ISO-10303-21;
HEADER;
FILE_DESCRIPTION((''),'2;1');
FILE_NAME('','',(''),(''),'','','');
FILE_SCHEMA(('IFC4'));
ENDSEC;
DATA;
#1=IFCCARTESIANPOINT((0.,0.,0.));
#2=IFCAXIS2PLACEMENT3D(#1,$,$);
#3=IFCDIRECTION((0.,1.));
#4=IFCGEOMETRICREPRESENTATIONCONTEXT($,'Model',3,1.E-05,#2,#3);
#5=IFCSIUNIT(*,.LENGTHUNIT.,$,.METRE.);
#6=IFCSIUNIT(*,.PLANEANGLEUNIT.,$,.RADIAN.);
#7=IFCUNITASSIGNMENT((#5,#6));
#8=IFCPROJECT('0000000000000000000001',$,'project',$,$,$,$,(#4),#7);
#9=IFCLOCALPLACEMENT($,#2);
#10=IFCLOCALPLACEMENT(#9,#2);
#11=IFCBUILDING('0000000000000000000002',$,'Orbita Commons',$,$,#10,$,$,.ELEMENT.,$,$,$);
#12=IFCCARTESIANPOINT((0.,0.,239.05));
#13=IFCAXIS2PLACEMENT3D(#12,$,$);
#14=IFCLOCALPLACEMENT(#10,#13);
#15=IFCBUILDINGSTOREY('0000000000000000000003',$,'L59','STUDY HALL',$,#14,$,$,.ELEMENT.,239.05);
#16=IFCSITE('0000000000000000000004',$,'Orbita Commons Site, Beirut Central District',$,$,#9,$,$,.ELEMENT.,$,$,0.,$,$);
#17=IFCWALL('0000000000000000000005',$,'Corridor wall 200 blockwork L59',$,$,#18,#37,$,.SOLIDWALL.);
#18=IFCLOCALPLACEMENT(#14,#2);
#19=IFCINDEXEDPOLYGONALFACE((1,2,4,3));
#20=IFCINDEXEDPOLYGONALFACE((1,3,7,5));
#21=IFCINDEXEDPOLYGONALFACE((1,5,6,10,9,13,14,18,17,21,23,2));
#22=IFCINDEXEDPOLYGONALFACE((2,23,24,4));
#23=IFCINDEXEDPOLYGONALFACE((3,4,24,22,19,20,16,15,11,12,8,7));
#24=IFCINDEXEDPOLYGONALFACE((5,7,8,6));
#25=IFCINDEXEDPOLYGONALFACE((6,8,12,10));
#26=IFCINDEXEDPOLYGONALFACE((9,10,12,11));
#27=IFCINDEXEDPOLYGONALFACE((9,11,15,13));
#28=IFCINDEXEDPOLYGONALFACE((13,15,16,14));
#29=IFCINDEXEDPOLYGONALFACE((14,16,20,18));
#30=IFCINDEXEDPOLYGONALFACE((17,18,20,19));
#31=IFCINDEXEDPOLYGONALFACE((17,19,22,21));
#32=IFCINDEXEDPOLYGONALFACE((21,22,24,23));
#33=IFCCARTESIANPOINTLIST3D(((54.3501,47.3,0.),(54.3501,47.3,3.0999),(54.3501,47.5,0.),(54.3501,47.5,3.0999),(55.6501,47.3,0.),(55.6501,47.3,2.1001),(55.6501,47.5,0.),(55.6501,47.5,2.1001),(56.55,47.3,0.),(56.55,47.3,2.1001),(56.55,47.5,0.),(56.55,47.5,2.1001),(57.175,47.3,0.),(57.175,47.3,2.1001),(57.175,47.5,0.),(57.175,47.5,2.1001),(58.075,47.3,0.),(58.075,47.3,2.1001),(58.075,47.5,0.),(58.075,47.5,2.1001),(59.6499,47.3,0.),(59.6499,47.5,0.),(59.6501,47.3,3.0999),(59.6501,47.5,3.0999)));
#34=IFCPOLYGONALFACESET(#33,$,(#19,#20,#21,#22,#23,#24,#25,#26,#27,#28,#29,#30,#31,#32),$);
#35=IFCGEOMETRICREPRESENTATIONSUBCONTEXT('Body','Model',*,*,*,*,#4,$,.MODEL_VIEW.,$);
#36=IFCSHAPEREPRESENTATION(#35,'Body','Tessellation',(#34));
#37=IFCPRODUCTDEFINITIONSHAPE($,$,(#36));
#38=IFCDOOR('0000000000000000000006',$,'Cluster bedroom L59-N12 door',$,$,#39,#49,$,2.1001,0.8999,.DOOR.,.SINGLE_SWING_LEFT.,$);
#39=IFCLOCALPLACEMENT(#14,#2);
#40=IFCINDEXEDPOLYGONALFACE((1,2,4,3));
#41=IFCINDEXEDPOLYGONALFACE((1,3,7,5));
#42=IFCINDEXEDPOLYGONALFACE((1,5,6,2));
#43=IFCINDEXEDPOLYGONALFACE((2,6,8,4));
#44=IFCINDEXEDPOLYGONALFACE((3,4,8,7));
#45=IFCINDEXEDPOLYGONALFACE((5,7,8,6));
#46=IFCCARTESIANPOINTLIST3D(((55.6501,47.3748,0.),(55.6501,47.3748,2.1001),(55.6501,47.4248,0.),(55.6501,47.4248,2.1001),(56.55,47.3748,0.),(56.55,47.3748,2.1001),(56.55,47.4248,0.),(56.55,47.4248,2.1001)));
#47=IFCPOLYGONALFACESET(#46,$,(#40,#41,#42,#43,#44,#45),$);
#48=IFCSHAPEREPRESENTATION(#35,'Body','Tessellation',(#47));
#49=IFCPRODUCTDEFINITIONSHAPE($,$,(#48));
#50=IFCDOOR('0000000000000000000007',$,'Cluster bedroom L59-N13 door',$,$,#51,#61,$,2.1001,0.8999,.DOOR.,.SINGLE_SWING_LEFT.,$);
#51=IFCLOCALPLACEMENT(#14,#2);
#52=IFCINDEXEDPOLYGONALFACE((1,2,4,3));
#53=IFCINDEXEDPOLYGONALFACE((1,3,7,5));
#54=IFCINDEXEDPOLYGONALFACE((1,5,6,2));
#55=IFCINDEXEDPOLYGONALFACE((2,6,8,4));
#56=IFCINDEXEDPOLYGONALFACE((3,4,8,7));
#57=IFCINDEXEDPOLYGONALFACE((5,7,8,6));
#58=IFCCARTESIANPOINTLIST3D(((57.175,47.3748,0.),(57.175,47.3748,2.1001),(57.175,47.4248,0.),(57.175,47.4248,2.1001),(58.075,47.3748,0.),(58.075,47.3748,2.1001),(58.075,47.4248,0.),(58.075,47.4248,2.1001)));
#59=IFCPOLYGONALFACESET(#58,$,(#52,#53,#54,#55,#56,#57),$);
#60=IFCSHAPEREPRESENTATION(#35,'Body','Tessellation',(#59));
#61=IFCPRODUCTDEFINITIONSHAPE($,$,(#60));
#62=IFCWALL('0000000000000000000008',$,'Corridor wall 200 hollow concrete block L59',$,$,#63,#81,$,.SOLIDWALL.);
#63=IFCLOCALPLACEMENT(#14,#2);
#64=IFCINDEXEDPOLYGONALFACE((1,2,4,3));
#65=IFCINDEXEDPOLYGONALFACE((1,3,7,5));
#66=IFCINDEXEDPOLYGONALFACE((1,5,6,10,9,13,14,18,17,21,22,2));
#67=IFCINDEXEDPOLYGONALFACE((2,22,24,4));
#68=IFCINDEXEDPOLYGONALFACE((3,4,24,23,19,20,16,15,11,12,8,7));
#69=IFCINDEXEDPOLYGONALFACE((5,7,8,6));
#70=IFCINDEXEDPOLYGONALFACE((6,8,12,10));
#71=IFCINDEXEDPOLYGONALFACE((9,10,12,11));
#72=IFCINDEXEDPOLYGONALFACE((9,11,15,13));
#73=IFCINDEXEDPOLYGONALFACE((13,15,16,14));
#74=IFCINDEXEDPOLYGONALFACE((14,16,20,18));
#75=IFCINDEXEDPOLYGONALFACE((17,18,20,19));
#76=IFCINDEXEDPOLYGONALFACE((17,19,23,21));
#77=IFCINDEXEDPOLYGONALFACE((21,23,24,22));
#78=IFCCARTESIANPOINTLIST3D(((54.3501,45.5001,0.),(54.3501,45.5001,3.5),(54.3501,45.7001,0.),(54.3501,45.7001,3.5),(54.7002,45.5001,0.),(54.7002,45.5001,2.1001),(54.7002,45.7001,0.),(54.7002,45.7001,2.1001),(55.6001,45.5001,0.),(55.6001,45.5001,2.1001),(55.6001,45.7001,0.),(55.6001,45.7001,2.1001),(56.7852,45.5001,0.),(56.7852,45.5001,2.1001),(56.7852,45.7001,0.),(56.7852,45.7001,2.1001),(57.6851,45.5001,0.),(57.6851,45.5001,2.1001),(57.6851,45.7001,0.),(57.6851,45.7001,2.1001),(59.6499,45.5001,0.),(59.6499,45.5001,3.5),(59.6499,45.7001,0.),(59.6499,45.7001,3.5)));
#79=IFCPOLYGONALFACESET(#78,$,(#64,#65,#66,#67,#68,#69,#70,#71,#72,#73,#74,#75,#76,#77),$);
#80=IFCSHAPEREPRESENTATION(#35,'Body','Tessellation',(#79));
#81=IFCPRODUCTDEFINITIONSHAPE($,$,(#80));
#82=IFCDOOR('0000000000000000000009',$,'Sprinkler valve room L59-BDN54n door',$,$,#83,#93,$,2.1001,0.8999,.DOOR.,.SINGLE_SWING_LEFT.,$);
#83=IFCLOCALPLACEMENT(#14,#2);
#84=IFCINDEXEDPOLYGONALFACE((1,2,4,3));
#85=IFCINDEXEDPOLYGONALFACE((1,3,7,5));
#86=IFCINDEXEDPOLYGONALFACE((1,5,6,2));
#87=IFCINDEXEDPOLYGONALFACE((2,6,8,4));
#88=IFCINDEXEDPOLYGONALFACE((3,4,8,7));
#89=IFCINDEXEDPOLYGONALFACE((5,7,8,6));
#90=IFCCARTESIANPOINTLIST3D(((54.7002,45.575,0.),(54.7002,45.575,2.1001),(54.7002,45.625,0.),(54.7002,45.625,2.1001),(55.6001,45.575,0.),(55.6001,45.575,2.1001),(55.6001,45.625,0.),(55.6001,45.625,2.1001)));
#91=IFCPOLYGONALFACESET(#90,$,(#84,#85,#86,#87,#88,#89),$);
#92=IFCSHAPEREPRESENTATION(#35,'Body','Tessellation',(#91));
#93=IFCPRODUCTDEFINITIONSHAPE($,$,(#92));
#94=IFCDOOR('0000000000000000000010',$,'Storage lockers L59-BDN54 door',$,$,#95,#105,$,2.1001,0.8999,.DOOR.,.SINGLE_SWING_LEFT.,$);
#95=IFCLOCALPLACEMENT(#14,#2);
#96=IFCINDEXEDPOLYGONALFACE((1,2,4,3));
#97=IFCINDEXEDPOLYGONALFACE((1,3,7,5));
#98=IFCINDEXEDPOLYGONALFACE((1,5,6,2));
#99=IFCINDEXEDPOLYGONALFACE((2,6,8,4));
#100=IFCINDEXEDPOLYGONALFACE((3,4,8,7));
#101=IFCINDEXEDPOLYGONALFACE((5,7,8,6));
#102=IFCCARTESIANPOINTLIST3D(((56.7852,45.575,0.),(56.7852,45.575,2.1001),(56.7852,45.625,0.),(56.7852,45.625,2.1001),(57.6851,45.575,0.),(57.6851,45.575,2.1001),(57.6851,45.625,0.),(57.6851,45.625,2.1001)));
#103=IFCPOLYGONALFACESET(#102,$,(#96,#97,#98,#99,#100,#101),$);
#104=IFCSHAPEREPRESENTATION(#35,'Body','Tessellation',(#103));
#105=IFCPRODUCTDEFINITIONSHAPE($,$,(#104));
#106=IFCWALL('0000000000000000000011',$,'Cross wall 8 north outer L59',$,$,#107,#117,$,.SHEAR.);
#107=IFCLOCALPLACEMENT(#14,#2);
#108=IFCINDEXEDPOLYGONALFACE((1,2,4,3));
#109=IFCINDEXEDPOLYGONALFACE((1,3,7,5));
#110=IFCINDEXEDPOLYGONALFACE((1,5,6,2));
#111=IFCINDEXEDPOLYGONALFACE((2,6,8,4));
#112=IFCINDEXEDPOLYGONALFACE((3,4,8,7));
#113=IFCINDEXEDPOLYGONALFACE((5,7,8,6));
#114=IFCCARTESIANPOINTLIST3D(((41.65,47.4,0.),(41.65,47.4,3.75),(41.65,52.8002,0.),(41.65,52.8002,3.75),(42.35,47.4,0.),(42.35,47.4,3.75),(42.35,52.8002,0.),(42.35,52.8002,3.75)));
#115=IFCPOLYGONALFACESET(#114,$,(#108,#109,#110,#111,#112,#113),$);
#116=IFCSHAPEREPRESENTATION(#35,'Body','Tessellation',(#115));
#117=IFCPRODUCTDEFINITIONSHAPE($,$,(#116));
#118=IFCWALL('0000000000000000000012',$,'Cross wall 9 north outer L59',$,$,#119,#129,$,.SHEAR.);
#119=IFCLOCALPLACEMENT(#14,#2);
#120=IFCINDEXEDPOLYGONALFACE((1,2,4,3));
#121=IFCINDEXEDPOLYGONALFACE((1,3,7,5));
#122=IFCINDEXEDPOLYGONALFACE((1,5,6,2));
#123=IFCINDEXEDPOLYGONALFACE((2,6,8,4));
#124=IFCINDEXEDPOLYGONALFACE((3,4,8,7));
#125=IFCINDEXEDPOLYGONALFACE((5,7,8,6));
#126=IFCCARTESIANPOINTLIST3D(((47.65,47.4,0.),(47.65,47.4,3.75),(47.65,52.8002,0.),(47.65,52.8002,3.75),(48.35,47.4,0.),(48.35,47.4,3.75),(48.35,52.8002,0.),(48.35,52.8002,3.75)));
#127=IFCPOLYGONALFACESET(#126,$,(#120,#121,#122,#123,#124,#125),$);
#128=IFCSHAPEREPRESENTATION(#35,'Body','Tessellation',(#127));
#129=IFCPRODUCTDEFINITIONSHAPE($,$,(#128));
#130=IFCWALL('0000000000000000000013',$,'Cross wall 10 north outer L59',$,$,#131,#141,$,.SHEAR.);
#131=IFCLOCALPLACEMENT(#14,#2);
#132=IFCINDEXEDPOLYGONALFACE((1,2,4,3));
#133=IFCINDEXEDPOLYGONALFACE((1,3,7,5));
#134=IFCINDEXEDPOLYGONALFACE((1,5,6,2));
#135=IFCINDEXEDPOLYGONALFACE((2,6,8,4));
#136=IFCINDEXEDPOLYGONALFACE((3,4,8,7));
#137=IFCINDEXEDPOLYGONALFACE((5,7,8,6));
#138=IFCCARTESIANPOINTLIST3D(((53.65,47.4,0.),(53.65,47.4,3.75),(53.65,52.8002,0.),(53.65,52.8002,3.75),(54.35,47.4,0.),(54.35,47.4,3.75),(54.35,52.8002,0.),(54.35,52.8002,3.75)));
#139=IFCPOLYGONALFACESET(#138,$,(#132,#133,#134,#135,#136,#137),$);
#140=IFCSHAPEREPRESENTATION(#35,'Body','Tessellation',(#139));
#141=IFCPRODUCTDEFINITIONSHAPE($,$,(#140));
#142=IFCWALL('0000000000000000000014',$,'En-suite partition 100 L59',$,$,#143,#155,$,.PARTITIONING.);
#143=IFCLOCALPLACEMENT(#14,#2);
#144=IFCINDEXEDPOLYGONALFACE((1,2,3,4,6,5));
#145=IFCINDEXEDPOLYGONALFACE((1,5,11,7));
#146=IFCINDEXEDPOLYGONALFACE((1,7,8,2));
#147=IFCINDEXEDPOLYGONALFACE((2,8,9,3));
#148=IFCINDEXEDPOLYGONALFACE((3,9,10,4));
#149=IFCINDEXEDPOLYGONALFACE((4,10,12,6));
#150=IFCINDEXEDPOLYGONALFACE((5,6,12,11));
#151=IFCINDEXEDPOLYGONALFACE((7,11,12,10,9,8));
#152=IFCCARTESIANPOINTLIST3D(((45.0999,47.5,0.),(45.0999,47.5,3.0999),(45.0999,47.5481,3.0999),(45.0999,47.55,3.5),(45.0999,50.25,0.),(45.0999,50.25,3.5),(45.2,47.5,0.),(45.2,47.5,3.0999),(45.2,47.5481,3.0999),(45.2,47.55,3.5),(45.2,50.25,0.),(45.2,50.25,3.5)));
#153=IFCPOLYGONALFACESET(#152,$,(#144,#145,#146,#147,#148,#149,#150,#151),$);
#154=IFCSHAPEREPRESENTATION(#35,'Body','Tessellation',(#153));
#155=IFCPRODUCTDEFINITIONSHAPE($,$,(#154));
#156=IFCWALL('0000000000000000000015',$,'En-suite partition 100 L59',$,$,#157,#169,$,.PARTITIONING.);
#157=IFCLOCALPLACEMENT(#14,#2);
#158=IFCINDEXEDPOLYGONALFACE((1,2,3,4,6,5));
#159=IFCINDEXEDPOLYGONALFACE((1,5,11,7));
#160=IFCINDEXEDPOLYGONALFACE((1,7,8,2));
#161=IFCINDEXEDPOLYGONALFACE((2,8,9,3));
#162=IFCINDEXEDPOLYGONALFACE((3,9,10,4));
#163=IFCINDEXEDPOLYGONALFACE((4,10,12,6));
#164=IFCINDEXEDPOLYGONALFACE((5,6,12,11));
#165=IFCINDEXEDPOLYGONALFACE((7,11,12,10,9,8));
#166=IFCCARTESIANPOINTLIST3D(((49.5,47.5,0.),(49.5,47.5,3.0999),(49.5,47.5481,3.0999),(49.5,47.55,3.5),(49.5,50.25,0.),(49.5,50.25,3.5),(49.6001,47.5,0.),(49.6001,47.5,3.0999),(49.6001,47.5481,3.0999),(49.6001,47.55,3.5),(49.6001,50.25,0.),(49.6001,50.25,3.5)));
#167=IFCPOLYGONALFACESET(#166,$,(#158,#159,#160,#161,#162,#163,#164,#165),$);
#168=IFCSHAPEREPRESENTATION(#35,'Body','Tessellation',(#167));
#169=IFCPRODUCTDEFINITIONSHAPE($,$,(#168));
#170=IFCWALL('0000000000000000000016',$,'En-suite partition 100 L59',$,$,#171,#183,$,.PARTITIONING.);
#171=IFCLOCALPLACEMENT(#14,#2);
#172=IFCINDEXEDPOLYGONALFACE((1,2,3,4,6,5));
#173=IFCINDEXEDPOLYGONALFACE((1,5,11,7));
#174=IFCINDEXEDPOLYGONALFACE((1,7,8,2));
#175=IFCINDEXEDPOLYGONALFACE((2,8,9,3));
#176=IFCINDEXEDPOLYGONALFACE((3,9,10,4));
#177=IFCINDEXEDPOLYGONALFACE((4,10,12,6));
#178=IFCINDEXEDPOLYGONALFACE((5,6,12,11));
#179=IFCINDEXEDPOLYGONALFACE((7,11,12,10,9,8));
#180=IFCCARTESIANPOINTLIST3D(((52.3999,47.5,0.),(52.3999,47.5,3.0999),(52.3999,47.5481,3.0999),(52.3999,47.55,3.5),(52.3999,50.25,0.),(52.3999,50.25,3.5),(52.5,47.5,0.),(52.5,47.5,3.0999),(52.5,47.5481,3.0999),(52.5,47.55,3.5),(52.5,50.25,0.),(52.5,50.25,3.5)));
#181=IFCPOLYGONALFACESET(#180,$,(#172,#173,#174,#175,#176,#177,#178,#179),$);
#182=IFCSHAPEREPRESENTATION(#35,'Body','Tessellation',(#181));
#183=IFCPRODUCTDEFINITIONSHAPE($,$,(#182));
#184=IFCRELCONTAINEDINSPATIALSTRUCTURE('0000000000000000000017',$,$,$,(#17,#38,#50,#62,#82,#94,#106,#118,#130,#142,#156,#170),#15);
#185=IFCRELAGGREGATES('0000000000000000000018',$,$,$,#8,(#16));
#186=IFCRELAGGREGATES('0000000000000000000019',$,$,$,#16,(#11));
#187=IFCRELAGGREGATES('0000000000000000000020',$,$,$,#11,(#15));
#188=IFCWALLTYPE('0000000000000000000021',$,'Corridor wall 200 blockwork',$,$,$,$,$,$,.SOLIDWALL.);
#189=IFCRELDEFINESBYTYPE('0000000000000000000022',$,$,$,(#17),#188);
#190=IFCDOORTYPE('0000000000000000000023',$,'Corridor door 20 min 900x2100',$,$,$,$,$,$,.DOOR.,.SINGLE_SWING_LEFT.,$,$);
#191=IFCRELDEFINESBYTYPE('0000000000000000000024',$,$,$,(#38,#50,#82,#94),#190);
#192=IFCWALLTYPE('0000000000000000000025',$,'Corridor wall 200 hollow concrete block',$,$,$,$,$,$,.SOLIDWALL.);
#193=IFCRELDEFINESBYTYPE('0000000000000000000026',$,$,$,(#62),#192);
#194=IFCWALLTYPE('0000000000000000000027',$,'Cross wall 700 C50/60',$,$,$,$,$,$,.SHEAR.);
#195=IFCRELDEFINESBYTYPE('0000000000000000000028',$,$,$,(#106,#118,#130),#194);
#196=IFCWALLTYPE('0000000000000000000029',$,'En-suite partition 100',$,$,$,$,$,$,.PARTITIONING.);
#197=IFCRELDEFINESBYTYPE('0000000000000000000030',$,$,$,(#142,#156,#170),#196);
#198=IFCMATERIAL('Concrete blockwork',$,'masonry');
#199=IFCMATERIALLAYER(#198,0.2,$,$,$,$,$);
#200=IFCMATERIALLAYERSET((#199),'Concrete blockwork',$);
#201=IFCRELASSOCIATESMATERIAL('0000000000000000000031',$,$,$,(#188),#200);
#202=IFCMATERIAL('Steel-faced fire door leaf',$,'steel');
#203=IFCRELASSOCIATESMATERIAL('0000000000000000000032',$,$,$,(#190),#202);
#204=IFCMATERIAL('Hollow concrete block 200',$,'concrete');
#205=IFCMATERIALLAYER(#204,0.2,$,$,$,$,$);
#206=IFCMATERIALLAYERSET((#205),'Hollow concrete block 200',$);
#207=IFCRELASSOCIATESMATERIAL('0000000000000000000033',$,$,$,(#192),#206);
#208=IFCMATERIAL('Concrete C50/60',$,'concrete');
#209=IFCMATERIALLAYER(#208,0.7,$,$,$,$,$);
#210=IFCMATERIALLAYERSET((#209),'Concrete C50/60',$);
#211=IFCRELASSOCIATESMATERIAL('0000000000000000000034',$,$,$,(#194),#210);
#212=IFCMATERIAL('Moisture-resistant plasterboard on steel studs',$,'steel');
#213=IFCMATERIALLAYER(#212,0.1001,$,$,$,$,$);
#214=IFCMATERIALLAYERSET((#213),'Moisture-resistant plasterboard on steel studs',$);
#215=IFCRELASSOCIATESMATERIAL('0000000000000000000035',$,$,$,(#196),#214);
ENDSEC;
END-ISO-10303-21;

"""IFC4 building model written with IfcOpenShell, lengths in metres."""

from ifc_helpers import new_model, si_unit, direction, frame, frame_2d, origin, place, context, subcontext, project, spatial, polyline, rectangle, outline, extrude, material, layer, layer_set, type_object, element, fill, save


model = new_model("IFC4")

# Units and contexts
model_context = context("Model", 3, precision=1e-05, world=origin(), true_north=direction((0.0, 1.0)))
body_context = subcontext(model_context, "Body", "Model", "MODEL_VIEW")
ifc_project = project(units=[si_unit("LENGTHUNIT", "METRE"), si_unit("PLANEANGLEUNIT", "RADIAN")], contexts=[model_context])

# Site, building, storey
site_placement = place(None, origin())
site = spatial("IfcSite", under=ifc_project, at=site_placement, Name="Orbita Commons Site, Beirut Central District", CompositionType="ELEMENT", RefElevation=0.0)
building_placement = place(site_placement, origin())
building = spatial("IfcBuilding", under=site, at=building_placement, Name="Orbita Commons", CompositionType="ELEMENT")
storey_placement = place(building_placement, frame((0.0, 0.0, 239.05)))
storey = spatial("IfcBuildingStorey", under=building, at=storey_placement, Name="L59", Description="STUDY HALL", CompositionType="ELEMENT", Elevation=239.05)

# Shared definitions
ifc_material_1 = material(Name="Concrete blockwork", Category="masonry")
ifc_layer_1 = layer(ifc_material_1, 0.2)
ifc_layer_set_1 = layer_set([ifc_layer_1], Name="Concrete blockwork")
wall_type_1 = type_object("IfcWallType", Name="Corridor wall 200 blockwork", PredefinedType="SOLIDWALL", material=ifc_layer_set_1)
ifc_material_2 = material(Name="Steel-faced fire door leaf", Category="steel")
door_type = type_object("IfcDoorType", Name="Corridor door 20 min 900x2100", OperationType="SINGLE_SWING_LEFT", PredefinedType="DOOR", material=ifc_material_2)

# Walls, openings, doors
wall_1_placement = place(storey_placement, frame((54.3501, 47.3999, 0.0), z_axis=(0.0, 0.0, 1.0), x_axis=(1.0, 0.0, 0.0)))
wall_1 = element("IfcWall", 1, at=wall_1_placement, inside=storey, type_object=wall_type_1, Name="Corridor wall 200 blockwork L59", PredefinedType="SOLIDWALL", context=body_context, shape_type="SweptSolid", body=[
    extrude(outline(polyline([(0.0, 0.0), (5.2998, 0.0), (5.3, 3.0999), (0.0, 3.0999), (0.0, 0.0)])), frame((0.0, 0.1001, 0.0), z_axis=(0.0, -1.0, 0.0), x_axis=(1.0, 0.0, 0.0)), (0.0, 0.0, 1.0), 0.2),
])
opening_1_placement = place(wall_1_placement, frame((1.3, 0.0, 0.0)))
opening_1 = element("IfcOpeningElement", 2, at=opening_1_placement, cuts=wall_1, PredefinedType="OPENING", context=body_context, shape_type="SweptSolid", body=[
    extrude(rectangle(XDim=0.8999, YDim=2.1001, at=frame_2d((0.45, 1.05))), frame((0.0, 0.1099, 0.0), z_axis=(0.0, -1.0, 0.0), x_axis=(1.0, 0.0, 0.0)), (0.0, 0.0, 1.0), 0.22),
])
opening_2_placement = place(wall_1_placement, frame((2.825, 0.0, 0.0)))
opening_2 = element("IfcOpeningElement", 3, at=opening_2_placement, cuts=wall_1, PredefinedType="OPENING", context=body_context, shape_type="SweptSolid", body=[
    extrude(rectangle(XDim=0.8999, YDim=2.1001, at=frame_2d((0.45, 1.05))), frame((0.0, 0.1099, 0.0), z_axis=(0.0, -1.0, 0.0), x_axis=(1.0, 0.0, 0.0)), (0.0, 0.0, 1.0), 0.22),
])
door_1_placement = place(opening_1_placement, origin())
door_1 = element("IfcDoor", 4, at=door_1_placement, inside=storey, type_object=door_type, Name="Cluster bedroom L59-N12 door", OperationType="SINGLE_SWING_LEFT", OverallHeight=2.1001, OverallWidth=0.8999, PredefinedType="DOOR", context=body_context, shape_type="SweptSolid", body=[
    extrude(rectangle(XDim=0.8999, YDim=2.1001, at=frame_2d((0.45, 1.05))), frame((0.0, 0.0249, 0.0), z_axis=(0.0, -1.0, 0.0), x_axis=(1.0, 0.0, 0.0)), (0.0, 0.0, 1.0), 0.05),
])
fill(opening_1, door_1)
door_2_placement = place(opening_2_placement, origin())
door_2 = element("IfcDoor", 5, at=door_2_placement, inside=storey, type_object=door_type, Name="Cluster bedroom L59-N13 door", OperationType="SINGLE_SWING_LEFT", OverallHeight=2.1001, OverallWidth=0.8999, PredefinedType="DOOR", context=body_context, shape_type="SweptSolid", body=[
    extrude(rectangle(XDim=0.8999, YDim=2.1001, at=frame_2d((0.45, 1.05))), frame((0.0, 0.0249, 0.0), z_axis=(0.0, -1.0, 0.0), x_axis=(1.0, 0.0, 0.0)), (0.0, 0.0, 1.0), 0.05),
])
fill(opening_2, door_2)
ifc_material_3 = material(Name="Hollow concrete block 200", Category="concrete")
ifc_layer_2 = layer(ifc_material_3, 0.2)
ifc_layer_set_2 = layer_set([ifc_layer_2], Name="Hollow concrete block 200")
wall_type_2 = type_object("IfcWallType", Name="Corridor wall 200 hollow concrete block", PredefinedType="SOLIDWALL", material=ifc_layer_set_2)
wall_2_placement = place(storey_placement, frame((54.3501, 45.6001, 0.0), z_axis=(0.0, 0.0, 1.0), x_axis=(1.0, 0.0, 0.0)))
wall_2 = element("IfcWall", 6, at=wall_2_placement, inside=storey, type_object=wall_type_2, Name="Corridor wall 200 hollow concrete block L59", PredefinedType="SOLIDWALL", context=body_context, shape_type="SweptSolid", body=[
    extrude(rectangle(XDim=5.2998, YDim=0.2, at=frame_2d((2.6499, 0.0))), origin(), (0.0, 0.0, 1.0), 3.5),
])
opening_3_placement = place(wall_2_placement, frame((0.3501, 0.0, 0.0)))
opening_3 = element("IfcOpeningElement", 7, at=opening_3_placement, cuts=wall_2, PredefinedType="OPENING", context=body_context, shape_type="SweptSolid", body=[
    extrude(rectangle(XDim=0.8999, YDim=2.1001, at=frame_2d((0.45, 1.05))), frame((0.0, 0.1099, 0.0), z_axis=(0.0, -1.0, 0.0), x_axis=(1.0, 0.0, 0.0)), (0.0, 0.0, 1.0), 0.22),
])
opening_4_placement = place(wall_2_placement, frame((2.4351, 0.0, 0.0)))
opening_4 = element("IfcOpeningElement", 8, at=opening_4_placement, cuts=wall_2, PredefinedType="OPENING", context=body_context, shape_type="SweptSolid", body=[
    extrude(rectangle(XDim=0.8999, YDim=2.1001, at=frame_2d((0.45, 1.05))), frame((0.0, 0.1099, 0.0), z_axis=(0.0, -1.0, 0.0), x_axis=(1.0, 0.0, 0.0)), (0.0, 0.0, 1.0), 0.22),
])
door_3_placement = place(opening_3_placement, origin())
door_3 = element("IfcDoor", 9, at=door_3_placement, inside=storey, type_object=door_type, Name="Sprinkler valve room L59-BDN54n door", OperationType="SINGLE_SWING_LEFT", OverallHeight=2.1001, OverallWidth=0.8999, PredefinedType="DOOR", context=body_context, shape_type="SweptSolid", body=[
    extrude(rectangle(XDim=0.8999, YDim=2.1001, at=frame_2d((0.45, 1.05))), frame((0.0, 0.0249, 0.0), z_axis=(0.0, -1.0, 0.0), x_axis=(1.0, 0.0, 0.0)), (0.0, 0.0, 1.0), 0.05),
])
fill(opening_3, door_3)
door_4_placement = place(opening_4_placement, origin())
door_4 = element("IfcDoor", 10, at=door_4_placement, inside=storey, type_object=door_type, Name="Storage lockers L59-BDN54 door", OperationType="SINGLE_SWING_LEFT", OverallHeight=2.1001, OverallWidth=0.8999, PredefinedType="DOOR", context=body_context, shape_type="SweptSolid", body=[
    extrude(rectangle(XDim=0.8999, YDim=2.1001, at=frame_2d((0.45, 1.05))), frame((0.0, 0.0249, 0.0), z_axis=(0.0, -1.0, 0.0), x_axis=(1.0, 0.0, 0.0)), (0.0, 0.0, 1.0), 0.05),
])
fill(opening_4, door_4)

# Walls
ifc_material_4 = material(Name="Concrete C50/60", Category="concrete")
ifc_layer_3 = layer(ifc_material_4, 0.7)
ifc_layer_set_3 = layer_set([ifc_layer_3], Name="Concrete C50/60")
wall_type_3 = type_object("IfcWallType", Name="Cross wall 700 C50/60", PredefinedType="SHEAR", material=ifc_layer_set_3)
for number, where, z_axis, x_axis, name in (
    (11, (42.0, 47.3999, 0.0), (0.0, 0.0, 1.0), (0.0, 1.0, 0.0), "Cross wall 8 north outer L59"),
    (12, (48.0, 47.3999, 0.0), (0.0, 0.0, 1.0), (0.0, 1.0, 0.0), "Cross wall 9 north outer L59"),
    (13, (54.0, 47.3999, 0.0), (0.0, 0.0, 1.0), (0.0, 1.0, 0.0), "Cross wall 10 north outer L59"),
):
    element("IfcWall", number, at=place(storey_placement, frame(where, z_axis=z_axis, x_axis=x_axis)), inside=storey, type_object=wall_type_3, Name=name, PredefinedType="SHEAR", context=body_context, shape_type="SweptSolid", body=[
        extrude(rectangle(XDim=5.4001, YDim=0.7, at=frame_2d((2.7002, 0.0))), origin(), (0.0, 0.0, 1.0), 3.75),
    ])
ifc_material_5 = material(Name="Moisture-resistant plasterboard on steel studs", Category="steel")
ifc_layer_4 = layer(ifc_material_5, 0.1001)
ifc_layer_set_4 = layer_set([ifc_layer_4], Name="Moisture-resistant plasterboard on steel studs")
wall_type_4 = type_object("IfcWallType", Name="En-suite partition 100", PredefinedType="PARTITIONING", material=ifc_layer_set_4)
for number, where, z_axis, x_axis, name in (
    (14, (45.1499, 50.25, 0.0), (0.0, 0.0, 1.0), (0.0, -1.0, 0.0), "En-suite partition 100 L59"),
    (15, (49.55, 50.25, 0.0), (0.0, 0.0, 1.0), (0.0, -1.0, 0.0), "En-suite partition 100 L59"),
    (16, (52.45, 50.25, 0.0), (0.0, 0.0, 1.0), (0.0, -1.0, 0.0), "En-suite partition 100 L59"),
):
    element("IfcWall", number, at=place(storey_placement, frame(where, z_axis=z_axis, x_axis=x_axis)), inside=storey, type_object=wall_type_4, Name=name, PredefinedType="PARTITIONING", context=body_context, shape_type="SweptSolid", body=[
        extrude(outline(polyline([(0.0, 0.0), (2.75, 0.0), (2.75, 3.0999), (2.7019, 3.0999), (2.7, 3.5), (0.0, 3.5), (0.0, 0.0)])), frame((0.0, 0.05, 0.0), z_axis=(0.0, -1.0, 0.0), x_axis=(1.0, 0.0, 0.0)), (0.0, 0.0, 1.0), 0.1001),
    ])

save(model, "model.ifc")
